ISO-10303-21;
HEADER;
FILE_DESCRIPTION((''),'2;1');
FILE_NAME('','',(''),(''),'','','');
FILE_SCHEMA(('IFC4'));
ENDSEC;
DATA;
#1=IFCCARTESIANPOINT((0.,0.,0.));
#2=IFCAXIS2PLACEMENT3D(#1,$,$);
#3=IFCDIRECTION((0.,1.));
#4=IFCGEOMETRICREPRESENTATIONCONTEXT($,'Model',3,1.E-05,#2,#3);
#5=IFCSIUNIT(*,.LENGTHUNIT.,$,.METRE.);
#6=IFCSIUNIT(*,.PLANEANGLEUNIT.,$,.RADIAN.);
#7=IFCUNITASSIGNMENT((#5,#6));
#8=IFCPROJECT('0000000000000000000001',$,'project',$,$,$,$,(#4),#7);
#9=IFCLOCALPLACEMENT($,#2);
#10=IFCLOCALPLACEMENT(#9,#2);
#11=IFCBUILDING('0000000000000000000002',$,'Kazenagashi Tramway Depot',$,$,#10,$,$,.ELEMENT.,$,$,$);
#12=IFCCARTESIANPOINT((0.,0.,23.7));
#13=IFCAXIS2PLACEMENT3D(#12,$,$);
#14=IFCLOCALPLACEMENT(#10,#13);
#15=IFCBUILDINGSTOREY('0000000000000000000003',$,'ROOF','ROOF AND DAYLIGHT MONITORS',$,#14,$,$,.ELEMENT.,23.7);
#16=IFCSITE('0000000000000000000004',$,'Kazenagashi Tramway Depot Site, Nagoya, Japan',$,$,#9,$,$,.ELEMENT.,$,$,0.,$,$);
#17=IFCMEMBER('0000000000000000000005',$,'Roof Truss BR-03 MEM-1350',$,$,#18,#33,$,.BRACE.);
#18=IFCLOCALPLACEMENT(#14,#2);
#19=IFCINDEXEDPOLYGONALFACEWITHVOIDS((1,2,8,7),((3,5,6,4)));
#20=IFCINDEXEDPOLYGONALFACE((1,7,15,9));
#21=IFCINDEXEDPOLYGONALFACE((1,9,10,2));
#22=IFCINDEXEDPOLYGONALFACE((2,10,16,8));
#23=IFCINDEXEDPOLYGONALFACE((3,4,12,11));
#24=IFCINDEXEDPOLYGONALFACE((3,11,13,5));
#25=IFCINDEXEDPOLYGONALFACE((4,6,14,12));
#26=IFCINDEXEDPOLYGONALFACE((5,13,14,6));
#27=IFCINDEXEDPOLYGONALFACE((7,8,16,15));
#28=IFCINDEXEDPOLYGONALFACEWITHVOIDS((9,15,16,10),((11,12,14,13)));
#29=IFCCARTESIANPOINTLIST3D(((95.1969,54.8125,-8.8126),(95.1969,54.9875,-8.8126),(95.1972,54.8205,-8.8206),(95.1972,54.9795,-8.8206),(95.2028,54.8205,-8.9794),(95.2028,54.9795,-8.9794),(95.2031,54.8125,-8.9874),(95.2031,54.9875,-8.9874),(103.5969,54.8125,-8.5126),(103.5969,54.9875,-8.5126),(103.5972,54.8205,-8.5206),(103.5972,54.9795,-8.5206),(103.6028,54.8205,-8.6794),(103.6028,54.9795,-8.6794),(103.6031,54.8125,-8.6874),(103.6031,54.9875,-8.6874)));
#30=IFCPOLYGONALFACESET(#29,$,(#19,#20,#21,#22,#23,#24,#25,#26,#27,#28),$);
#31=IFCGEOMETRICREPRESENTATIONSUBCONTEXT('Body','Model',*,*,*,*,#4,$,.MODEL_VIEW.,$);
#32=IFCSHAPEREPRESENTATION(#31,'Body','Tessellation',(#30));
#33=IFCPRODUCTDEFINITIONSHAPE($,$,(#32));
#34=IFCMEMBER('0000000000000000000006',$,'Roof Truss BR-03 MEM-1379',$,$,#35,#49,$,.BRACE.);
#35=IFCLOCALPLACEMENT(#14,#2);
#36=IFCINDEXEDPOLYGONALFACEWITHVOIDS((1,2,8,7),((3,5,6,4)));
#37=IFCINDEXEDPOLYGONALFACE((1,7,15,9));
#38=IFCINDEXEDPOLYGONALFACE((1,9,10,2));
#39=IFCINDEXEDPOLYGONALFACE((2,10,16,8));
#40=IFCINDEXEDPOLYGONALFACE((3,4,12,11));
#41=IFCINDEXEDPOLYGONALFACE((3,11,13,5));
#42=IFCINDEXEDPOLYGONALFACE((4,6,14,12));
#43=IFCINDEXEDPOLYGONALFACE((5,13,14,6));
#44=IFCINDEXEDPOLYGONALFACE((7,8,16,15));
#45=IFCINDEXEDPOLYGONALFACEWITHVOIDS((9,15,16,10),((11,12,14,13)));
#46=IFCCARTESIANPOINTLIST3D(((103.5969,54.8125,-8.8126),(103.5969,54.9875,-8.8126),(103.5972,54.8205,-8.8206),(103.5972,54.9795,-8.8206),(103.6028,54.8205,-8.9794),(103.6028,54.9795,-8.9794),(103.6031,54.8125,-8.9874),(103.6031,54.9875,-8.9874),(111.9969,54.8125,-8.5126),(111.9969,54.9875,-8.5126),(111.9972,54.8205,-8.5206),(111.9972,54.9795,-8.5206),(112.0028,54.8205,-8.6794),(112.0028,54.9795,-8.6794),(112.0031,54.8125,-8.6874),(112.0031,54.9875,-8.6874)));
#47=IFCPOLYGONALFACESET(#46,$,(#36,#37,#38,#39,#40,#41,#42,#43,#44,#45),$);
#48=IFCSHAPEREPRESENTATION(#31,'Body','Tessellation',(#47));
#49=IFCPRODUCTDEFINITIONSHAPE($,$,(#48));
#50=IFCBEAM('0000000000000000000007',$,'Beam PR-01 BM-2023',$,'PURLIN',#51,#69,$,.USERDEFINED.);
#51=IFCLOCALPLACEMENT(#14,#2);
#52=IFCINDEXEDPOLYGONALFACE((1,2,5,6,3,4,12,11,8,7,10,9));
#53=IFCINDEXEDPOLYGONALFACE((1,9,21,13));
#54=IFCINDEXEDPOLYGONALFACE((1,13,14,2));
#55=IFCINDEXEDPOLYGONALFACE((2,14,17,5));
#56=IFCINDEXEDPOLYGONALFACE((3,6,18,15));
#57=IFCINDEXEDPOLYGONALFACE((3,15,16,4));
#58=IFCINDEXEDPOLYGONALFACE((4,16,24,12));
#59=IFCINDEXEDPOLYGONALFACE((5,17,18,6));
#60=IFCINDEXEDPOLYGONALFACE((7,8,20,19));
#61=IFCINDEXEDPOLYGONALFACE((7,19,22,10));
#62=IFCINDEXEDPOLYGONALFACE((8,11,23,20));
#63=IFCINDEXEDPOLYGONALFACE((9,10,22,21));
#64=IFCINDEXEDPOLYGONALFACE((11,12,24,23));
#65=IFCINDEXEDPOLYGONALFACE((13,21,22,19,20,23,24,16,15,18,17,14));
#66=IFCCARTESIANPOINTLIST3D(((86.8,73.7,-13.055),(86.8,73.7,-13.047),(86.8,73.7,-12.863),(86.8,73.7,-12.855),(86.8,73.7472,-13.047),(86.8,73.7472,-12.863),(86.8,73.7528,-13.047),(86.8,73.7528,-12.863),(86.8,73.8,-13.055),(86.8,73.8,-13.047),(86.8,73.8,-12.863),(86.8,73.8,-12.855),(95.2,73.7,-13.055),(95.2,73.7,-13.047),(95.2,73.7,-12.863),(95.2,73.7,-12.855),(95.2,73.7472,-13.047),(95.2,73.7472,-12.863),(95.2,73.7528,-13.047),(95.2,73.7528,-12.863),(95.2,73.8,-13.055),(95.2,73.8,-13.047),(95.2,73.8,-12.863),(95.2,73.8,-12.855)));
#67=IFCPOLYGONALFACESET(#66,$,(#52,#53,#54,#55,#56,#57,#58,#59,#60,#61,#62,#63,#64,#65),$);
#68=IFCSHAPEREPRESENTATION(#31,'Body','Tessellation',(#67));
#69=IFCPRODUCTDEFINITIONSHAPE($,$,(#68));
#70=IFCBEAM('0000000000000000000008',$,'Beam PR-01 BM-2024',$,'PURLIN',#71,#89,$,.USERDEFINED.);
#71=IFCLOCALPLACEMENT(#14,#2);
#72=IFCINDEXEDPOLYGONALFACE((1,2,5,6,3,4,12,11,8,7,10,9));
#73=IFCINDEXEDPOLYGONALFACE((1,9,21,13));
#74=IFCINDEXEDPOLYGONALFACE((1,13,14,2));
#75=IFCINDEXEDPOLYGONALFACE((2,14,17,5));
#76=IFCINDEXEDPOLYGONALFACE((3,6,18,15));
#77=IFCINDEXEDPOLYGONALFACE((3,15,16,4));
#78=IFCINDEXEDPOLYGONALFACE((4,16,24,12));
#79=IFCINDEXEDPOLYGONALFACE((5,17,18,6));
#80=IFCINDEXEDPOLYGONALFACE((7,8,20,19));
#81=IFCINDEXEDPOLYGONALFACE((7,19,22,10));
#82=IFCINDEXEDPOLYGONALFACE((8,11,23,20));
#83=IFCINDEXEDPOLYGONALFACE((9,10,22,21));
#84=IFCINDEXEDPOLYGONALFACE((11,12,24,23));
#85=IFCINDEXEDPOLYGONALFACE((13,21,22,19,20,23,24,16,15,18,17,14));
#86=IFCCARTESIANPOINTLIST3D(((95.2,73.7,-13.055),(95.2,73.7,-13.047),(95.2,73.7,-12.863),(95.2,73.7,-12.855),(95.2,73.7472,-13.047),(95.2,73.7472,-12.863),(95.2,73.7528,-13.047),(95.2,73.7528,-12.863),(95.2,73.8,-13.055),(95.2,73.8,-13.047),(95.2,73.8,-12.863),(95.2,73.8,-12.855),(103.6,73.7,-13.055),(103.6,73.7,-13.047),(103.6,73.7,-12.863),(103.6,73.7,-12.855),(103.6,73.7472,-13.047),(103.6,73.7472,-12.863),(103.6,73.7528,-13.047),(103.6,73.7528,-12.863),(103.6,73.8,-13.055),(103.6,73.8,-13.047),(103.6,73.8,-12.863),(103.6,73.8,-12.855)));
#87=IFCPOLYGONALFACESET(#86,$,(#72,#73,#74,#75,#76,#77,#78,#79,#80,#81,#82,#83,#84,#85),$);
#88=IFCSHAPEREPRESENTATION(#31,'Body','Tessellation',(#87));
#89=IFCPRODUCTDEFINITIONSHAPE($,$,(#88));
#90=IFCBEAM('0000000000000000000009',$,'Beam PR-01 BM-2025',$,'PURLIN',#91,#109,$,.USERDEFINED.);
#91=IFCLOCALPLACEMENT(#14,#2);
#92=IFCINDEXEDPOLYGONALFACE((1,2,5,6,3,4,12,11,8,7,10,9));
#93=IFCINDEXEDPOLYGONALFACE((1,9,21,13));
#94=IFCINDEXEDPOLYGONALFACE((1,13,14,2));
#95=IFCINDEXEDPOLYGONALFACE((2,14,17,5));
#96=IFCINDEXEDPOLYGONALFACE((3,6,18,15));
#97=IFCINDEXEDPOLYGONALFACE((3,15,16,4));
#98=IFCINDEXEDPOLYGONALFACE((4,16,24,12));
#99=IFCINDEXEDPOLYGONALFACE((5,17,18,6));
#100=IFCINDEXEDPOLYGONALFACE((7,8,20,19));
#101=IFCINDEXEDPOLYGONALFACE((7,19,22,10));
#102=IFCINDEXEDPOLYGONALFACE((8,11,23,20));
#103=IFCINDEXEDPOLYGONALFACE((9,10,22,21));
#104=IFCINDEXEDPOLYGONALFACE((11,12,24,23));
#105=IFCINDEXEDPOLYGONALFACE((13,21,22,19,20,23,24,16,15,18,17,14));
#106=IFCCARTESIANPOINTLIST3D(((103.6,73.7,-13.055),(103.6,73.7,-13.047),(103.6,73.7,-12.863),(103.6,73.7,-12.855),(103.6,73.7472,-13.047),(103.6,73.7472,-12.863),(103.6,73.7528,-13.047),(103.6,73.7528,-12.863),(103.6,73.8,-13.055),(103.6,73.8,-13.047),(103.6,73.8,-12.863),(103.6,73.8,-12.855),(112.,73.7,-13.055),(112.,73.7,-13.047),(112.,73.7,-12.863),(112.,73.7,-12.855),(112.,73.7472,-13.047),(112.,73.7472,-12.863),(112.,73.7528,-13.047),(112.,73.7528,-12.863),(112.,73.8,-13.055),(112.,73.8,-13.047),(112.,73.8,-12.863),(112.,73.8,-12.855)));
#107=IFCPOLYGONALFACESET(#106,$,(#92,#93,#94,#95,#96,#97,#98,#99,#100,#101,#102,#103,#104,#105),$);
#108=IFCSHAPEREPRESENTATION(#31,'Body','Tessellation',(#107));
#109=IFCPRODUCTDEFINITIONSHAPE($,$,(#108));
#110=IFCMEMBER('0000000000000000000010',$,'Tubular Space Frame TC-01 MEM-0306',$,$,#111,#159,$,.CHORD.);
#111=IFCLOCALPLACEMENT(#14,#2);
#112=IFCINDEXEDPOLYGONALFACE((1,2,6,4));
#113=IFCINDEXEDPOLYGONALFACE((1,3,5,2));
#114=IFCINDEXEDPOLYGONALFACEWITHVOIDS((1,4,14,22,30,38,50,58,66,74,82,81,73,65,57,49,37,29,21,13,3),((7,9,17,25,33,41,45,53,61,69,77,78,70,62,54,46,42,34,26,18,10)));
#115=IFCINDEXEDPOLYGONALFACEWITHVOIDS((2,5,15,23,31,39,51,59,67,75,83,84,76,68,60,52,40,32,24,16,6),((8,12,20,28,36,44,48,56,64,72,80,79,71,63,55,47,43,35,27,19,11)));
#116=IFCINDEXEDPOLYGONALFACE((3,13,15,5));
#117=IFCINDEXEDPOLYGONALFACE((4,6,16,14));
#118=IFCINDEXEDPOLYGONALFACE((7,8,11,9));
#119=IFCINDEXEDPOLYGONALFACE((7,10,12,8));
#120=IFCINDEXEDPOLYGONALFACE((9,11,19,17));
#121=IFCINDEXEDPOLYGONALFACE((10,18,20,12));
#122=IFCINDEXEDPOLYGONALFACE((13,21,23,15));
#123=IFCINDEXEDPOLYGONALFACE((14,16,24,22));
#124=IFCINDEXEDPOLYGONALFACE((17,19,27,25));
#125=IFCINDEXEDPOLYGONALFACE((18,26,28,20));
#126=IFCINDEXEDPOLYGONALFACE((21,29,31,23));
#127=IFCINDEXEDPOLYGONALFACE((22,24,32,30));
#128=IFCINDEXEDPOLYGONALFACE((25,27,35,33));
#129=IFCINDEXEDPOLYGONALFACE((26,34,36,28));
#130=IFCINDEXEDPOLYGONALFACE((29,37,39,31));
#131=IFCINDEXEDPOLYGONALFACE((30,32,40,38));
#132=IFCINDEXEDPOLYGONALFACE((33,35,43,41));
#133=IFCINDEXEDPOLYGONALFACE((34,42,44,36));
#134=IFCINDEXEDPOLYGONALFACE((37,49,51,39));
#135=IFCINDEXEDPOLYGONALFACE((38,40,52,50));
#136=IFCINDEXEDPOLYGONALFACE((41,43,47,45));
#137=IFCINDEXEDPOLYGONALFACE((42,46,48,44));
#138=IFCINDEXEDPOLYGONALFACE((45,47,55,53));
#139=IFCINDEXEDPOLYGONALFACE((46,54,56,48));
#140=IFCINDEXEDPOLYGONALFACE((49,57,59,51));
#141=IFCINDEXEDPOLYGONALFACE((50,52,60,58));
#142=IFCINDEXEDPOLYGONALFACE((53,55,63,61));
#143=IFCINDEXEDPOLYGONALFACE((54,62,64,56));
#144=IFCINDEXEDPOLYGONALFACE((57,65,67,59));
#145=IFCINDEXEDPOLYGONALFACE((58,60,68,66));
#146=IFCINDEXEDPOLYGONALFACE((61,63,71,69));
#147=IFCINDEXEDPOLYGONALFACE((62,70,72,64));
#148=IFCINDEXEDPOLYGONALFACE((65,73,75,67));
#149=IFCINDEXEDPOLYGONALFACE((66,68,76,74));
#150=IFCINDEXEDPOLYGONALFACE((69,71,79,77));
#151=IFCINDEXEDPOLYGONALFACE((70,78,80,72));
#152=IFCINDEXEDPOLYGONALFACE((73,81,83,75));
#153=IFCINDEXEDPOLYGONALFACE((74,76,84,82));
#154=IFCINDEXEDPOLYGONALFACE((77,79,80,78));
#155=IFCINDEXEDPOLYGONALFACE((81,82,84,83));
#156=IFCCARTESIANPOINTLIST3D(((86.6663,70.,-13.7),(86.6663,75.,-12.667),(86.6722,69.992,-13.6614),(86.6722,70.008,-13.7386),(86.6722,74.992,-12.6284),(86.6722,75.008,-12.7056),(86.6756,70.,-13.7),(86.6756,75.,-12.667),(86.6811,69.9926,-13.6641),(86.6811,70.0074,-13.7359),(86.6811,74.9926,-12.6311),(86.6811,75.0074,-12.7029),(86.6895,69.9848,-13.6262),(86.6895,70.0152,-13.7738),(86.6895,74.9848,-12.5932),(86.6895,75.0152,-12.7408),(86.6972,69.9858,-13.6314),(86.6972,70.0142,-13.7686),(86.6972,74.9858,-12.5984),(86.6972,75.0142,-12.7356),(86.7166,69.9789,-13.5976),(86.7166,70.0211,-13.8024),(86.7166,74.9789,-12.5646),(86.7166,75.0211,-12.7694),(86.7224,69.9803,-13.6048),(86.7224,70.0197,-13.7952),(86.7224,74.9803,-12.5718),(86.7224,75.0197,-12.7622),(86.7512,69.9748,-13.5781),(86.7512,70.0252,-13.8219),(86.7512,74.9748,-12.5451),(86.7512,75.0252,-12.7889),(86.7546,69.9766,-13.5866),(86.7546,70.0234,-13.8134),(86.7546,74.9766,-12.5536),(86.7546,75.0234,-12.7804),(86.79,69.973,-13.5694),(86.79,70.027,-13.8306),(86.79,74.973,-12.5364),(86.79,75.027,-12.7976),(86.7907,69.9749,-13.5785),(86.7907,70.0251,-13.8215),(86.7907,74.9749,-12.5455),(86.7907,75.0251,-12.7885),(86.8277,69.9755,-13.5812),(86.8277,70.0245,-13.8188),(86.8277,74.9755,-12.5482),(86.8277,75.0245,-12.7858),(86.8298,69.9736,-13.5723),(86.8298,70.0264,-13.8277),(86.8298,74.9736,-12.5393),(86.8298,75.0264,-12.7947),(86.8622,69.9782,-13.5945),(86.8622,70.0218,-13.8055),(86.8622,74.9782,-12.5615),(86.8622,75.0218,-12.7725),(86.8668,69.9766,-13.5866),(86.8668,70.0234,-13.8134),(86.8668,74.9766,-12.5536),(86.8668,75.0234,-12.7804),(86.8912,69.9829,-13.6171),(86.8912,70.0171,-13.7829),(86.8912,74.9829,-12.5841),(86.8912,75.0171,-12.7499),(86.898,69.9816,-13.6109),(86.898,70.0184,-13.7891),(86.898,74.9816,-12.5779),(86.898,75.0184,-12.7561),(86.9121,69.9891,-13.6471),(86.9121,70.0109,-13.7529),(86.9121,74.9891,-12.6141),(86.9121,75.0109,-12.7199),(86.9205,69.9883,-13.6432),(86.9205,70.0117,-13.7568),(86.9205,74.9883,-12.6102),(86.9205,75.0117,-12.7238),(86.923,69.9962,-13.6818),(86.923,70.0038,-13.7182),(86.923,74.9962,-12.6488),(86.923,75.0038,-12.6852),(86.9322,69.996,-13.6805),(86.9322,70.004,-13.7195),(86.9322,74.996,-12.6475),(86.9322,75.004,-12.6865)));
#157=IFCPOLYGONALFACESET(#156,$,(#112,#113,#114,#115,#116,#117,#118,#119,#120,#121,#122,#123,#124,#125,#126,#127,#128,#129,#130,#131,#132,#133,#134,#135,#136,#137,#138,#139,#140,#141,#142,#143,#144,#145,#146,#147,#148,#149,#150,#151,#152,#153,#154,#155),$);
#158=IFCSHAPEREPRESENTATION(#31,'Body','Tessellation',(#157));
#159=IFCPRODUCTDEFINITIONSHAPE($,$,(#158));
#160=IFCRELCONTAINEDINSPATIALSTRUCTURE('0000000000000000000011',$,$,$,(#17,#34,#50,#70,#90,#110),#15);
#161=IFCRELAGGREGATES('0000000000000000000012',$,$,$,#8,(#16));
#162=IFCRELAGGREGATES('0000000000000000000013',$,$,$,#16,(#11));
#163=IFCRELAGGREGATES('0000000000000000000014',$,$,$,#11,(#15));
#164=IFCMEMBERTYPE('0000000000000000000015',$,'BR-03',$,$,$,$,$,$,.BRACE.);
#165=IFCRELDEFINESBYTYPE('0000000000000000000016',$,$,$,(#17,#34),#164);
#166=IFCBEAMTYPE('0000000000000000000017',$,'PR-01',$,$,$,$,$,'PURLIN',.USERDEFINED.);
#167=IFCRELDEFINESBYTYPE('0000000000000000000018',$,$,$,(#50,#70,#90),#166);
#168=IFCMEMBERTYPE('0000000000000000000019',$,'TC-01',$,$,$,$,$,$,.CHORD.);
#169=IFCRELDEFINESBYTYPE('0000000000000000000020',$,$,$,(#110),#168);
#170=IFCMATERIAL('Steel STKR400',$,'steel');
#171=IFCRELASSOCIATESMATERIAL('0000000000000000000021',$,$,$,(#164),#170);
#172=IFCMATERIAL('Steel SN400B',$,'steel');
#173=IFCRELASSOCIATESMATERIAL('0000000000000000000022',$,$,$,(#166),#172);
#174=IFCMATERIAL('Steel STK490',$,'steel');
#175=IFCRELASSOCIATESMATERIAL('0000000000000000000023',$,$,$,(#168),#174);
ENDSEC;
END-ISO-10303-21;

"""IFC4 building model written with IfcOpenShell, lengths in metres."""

from ifc_helpers import new_model, si_unit, direction, frame, origin, origin_2d, place, context, subcontext, project, spatial, hollow_rectangle, hollow_circle, i_section, extrude, material, material_profile, profile_set, type_object, element, save


model = new_model("IFC4")

# Units and contexts
model_context = context("Model", 3, precision=1e-05, world=origin(), true_north=direction((0.0, 1.0)))
body_context = subcontext(model_context, "Body", "Model", "MODEL_VIEW")
ifc_project = project(units=[si_unit("LENGTHUNIT", "METRE"), si_unit("PLANEANGLEUNIT", "RADIAN")], contexts=[model_context])

# Site, building, storey
site_placement = place(None, origin())
site = spatial("IfcSite", under=ifc_project, at=site_placement, Name="Kazenagashi Tramway Depot Site, Nagoya, Japan", CompositionType="ELEMENT", RefElevation=0.0)
building_placement = place(site_placement, origin())
building = spatial("IfcBuilding", under=site, at=building_placement, Name="Kazenagashi Tramway Depot", CompositionType="ELEMENT")
storey_placement = place(building_placement, frame((0.0, 0.0, 23.7)))
storey = spatial("IfcBuildingStorey", under=building, at=storey_placement, Name="ROOF", Description="ROOF AND DAYLIGHT MONITORS", CompositionType="ELEMENT", Elevation=23.7)

# Members
ifc_material_1 = material(Name="Steel STKR400", Category="steel")
ifc_material_profile_1 = material_profile(ifc_material_1, hollow_rectangle(XDim=0.175, YDim=0.175, WallThickness=0.008, at=origin_2d()), Name="SHS-175x175x8")
ifc_profile_set_1 = profile_set([ifc_material_profile_1], Name="Steel STKR400")
member_type_1 = type_object("IfcMemberType", Name="BR-03", PredefinedType="BRACE", material=ifc_profile_set_1)
for number, where, z_axis, x_axis, name in (
    (1, (95.2, 54.9, -8.9), (0.999363, 0.0, 0.035692), (0.0, 1.0, 0.0), "Roof Truss BR-03 MEM-1350"),
    (2, (103.6, 54.9, -8.9), (0.999363, 0.0, 0.035692), (0.0, 1.0, 0.0), "Roof Truss BR-03 MEM-1379"),
):
    element("IfcMember", number, at=place(storey_placement, frame(where, z_axis=z_axis, x_axis=x_axis)), inside=storey, type_object=member_type_1, Name=name, PredefinedType="BRACE", context=body_context, shape_type="SweptSolid", body=[
        extrude(hollow_rectangle(XDim=0.175, YDim=0.175, WallThickness=0.008, at=origin_2d()), origin(), (0.0, 0.0, 1.0), 8.4054),
    ])

# Beams
ifc_material_2 = material(Name="Steel SN400B", Category="steel")
ifc_material_profile_2 = material_profile(ifc_material_2, i_section(OverallWidth=0.1, OverallDepth=0.2, WebThickness=0.0055, FlangeThickness=0.008, at=origin_2d()), Name="H-200x100x5.5x8")
ifc_profile_set_2 = profile_set([ifc_material_profile_2], Name="Steel SN400B")
beam_type = type_object("IfcBeamType", Name="PR-01", ElementType="PURLIN", PredefinedType="USERDEFINED", material=ifc_profile_set_2)
for number, where, z_axis, x_axis, name in (
    (3, (86.8, 73.75, -12.955), (1.0, 0.0, 0.0), (0.0, 1.0, 0.0), "Beam PR-01 BM-2023"),
    (4, (95.2, 73.75, -12.955), (1.0, 0.0, 0.0), (0.0, 1.0, 0.0), "Beam PR-01 BM-2024"),
    (5, (103.6, 73.75, -12.955), (1.0, 0.0, 0.0), (0.0, 1.0, 0.0), "Beam PR-01 BM-2025"),
):
    element("IfcBeam", number, at=place(storey_placement, frame(where, z_axis=z_axis, x_axis=x_axis)), inside=storey, type_object=beam_type, Name=name, ObjectType="PURLIN", PredefinedType="USERDEFINED", context=body_context, shape_type="SweptSolid", body=[
        extrude(i_section(OverallWidth=0.1, OverallDepth=0.2, WebThickness=0.0055, FlangeThickness=0.008, at=origin_2d()), origin(), (0.0, 0.0, 1.0), 8.4),
    ])

# Member
ifc_material_3 = material(Name="Steel STK490", Category="steel")
ifc_material_profile_3 = material_profile(ifc_material_3, hollow_circle(Radius=0.1337, WallThickness=0.0093, at=origin_2d()), Name="CHS-267.4x9.3")
ifc_profile_set_3 = profile_set([ifc_material_profile_3], Name="Steel STK490")
member_type_2 = type_object("IfcMemberType", Name="TC-01", PredefinedType="CHORD", material=ifc_profile_set_3)
for number, where, z_axis, x_axis, name in (
    (6, (86.8, 70.0, -13.7), (0.0, 0.979318, 0.202327), (-1.0, 0.0, 0.0), "Tubular Space Frame TC-01 MEM-0306"),
):
    element("IfcMember", number, at=place(storey_placement, frame(where, z_axis=z_axis, x_axis=x_axis)), inside=storey, type_object=member_type_2, Name=name, PredefinedType="CHORD", context=body_context, shape_type="SweptSolid", body=[
        extrude(hollow_circle(Radius=0.1337, WallThickness=0.0093, at=origin_2d()), origin(), (0.0, 0.0, 1.0), 5.1056),
    ])

save(model, "model.ifc")
